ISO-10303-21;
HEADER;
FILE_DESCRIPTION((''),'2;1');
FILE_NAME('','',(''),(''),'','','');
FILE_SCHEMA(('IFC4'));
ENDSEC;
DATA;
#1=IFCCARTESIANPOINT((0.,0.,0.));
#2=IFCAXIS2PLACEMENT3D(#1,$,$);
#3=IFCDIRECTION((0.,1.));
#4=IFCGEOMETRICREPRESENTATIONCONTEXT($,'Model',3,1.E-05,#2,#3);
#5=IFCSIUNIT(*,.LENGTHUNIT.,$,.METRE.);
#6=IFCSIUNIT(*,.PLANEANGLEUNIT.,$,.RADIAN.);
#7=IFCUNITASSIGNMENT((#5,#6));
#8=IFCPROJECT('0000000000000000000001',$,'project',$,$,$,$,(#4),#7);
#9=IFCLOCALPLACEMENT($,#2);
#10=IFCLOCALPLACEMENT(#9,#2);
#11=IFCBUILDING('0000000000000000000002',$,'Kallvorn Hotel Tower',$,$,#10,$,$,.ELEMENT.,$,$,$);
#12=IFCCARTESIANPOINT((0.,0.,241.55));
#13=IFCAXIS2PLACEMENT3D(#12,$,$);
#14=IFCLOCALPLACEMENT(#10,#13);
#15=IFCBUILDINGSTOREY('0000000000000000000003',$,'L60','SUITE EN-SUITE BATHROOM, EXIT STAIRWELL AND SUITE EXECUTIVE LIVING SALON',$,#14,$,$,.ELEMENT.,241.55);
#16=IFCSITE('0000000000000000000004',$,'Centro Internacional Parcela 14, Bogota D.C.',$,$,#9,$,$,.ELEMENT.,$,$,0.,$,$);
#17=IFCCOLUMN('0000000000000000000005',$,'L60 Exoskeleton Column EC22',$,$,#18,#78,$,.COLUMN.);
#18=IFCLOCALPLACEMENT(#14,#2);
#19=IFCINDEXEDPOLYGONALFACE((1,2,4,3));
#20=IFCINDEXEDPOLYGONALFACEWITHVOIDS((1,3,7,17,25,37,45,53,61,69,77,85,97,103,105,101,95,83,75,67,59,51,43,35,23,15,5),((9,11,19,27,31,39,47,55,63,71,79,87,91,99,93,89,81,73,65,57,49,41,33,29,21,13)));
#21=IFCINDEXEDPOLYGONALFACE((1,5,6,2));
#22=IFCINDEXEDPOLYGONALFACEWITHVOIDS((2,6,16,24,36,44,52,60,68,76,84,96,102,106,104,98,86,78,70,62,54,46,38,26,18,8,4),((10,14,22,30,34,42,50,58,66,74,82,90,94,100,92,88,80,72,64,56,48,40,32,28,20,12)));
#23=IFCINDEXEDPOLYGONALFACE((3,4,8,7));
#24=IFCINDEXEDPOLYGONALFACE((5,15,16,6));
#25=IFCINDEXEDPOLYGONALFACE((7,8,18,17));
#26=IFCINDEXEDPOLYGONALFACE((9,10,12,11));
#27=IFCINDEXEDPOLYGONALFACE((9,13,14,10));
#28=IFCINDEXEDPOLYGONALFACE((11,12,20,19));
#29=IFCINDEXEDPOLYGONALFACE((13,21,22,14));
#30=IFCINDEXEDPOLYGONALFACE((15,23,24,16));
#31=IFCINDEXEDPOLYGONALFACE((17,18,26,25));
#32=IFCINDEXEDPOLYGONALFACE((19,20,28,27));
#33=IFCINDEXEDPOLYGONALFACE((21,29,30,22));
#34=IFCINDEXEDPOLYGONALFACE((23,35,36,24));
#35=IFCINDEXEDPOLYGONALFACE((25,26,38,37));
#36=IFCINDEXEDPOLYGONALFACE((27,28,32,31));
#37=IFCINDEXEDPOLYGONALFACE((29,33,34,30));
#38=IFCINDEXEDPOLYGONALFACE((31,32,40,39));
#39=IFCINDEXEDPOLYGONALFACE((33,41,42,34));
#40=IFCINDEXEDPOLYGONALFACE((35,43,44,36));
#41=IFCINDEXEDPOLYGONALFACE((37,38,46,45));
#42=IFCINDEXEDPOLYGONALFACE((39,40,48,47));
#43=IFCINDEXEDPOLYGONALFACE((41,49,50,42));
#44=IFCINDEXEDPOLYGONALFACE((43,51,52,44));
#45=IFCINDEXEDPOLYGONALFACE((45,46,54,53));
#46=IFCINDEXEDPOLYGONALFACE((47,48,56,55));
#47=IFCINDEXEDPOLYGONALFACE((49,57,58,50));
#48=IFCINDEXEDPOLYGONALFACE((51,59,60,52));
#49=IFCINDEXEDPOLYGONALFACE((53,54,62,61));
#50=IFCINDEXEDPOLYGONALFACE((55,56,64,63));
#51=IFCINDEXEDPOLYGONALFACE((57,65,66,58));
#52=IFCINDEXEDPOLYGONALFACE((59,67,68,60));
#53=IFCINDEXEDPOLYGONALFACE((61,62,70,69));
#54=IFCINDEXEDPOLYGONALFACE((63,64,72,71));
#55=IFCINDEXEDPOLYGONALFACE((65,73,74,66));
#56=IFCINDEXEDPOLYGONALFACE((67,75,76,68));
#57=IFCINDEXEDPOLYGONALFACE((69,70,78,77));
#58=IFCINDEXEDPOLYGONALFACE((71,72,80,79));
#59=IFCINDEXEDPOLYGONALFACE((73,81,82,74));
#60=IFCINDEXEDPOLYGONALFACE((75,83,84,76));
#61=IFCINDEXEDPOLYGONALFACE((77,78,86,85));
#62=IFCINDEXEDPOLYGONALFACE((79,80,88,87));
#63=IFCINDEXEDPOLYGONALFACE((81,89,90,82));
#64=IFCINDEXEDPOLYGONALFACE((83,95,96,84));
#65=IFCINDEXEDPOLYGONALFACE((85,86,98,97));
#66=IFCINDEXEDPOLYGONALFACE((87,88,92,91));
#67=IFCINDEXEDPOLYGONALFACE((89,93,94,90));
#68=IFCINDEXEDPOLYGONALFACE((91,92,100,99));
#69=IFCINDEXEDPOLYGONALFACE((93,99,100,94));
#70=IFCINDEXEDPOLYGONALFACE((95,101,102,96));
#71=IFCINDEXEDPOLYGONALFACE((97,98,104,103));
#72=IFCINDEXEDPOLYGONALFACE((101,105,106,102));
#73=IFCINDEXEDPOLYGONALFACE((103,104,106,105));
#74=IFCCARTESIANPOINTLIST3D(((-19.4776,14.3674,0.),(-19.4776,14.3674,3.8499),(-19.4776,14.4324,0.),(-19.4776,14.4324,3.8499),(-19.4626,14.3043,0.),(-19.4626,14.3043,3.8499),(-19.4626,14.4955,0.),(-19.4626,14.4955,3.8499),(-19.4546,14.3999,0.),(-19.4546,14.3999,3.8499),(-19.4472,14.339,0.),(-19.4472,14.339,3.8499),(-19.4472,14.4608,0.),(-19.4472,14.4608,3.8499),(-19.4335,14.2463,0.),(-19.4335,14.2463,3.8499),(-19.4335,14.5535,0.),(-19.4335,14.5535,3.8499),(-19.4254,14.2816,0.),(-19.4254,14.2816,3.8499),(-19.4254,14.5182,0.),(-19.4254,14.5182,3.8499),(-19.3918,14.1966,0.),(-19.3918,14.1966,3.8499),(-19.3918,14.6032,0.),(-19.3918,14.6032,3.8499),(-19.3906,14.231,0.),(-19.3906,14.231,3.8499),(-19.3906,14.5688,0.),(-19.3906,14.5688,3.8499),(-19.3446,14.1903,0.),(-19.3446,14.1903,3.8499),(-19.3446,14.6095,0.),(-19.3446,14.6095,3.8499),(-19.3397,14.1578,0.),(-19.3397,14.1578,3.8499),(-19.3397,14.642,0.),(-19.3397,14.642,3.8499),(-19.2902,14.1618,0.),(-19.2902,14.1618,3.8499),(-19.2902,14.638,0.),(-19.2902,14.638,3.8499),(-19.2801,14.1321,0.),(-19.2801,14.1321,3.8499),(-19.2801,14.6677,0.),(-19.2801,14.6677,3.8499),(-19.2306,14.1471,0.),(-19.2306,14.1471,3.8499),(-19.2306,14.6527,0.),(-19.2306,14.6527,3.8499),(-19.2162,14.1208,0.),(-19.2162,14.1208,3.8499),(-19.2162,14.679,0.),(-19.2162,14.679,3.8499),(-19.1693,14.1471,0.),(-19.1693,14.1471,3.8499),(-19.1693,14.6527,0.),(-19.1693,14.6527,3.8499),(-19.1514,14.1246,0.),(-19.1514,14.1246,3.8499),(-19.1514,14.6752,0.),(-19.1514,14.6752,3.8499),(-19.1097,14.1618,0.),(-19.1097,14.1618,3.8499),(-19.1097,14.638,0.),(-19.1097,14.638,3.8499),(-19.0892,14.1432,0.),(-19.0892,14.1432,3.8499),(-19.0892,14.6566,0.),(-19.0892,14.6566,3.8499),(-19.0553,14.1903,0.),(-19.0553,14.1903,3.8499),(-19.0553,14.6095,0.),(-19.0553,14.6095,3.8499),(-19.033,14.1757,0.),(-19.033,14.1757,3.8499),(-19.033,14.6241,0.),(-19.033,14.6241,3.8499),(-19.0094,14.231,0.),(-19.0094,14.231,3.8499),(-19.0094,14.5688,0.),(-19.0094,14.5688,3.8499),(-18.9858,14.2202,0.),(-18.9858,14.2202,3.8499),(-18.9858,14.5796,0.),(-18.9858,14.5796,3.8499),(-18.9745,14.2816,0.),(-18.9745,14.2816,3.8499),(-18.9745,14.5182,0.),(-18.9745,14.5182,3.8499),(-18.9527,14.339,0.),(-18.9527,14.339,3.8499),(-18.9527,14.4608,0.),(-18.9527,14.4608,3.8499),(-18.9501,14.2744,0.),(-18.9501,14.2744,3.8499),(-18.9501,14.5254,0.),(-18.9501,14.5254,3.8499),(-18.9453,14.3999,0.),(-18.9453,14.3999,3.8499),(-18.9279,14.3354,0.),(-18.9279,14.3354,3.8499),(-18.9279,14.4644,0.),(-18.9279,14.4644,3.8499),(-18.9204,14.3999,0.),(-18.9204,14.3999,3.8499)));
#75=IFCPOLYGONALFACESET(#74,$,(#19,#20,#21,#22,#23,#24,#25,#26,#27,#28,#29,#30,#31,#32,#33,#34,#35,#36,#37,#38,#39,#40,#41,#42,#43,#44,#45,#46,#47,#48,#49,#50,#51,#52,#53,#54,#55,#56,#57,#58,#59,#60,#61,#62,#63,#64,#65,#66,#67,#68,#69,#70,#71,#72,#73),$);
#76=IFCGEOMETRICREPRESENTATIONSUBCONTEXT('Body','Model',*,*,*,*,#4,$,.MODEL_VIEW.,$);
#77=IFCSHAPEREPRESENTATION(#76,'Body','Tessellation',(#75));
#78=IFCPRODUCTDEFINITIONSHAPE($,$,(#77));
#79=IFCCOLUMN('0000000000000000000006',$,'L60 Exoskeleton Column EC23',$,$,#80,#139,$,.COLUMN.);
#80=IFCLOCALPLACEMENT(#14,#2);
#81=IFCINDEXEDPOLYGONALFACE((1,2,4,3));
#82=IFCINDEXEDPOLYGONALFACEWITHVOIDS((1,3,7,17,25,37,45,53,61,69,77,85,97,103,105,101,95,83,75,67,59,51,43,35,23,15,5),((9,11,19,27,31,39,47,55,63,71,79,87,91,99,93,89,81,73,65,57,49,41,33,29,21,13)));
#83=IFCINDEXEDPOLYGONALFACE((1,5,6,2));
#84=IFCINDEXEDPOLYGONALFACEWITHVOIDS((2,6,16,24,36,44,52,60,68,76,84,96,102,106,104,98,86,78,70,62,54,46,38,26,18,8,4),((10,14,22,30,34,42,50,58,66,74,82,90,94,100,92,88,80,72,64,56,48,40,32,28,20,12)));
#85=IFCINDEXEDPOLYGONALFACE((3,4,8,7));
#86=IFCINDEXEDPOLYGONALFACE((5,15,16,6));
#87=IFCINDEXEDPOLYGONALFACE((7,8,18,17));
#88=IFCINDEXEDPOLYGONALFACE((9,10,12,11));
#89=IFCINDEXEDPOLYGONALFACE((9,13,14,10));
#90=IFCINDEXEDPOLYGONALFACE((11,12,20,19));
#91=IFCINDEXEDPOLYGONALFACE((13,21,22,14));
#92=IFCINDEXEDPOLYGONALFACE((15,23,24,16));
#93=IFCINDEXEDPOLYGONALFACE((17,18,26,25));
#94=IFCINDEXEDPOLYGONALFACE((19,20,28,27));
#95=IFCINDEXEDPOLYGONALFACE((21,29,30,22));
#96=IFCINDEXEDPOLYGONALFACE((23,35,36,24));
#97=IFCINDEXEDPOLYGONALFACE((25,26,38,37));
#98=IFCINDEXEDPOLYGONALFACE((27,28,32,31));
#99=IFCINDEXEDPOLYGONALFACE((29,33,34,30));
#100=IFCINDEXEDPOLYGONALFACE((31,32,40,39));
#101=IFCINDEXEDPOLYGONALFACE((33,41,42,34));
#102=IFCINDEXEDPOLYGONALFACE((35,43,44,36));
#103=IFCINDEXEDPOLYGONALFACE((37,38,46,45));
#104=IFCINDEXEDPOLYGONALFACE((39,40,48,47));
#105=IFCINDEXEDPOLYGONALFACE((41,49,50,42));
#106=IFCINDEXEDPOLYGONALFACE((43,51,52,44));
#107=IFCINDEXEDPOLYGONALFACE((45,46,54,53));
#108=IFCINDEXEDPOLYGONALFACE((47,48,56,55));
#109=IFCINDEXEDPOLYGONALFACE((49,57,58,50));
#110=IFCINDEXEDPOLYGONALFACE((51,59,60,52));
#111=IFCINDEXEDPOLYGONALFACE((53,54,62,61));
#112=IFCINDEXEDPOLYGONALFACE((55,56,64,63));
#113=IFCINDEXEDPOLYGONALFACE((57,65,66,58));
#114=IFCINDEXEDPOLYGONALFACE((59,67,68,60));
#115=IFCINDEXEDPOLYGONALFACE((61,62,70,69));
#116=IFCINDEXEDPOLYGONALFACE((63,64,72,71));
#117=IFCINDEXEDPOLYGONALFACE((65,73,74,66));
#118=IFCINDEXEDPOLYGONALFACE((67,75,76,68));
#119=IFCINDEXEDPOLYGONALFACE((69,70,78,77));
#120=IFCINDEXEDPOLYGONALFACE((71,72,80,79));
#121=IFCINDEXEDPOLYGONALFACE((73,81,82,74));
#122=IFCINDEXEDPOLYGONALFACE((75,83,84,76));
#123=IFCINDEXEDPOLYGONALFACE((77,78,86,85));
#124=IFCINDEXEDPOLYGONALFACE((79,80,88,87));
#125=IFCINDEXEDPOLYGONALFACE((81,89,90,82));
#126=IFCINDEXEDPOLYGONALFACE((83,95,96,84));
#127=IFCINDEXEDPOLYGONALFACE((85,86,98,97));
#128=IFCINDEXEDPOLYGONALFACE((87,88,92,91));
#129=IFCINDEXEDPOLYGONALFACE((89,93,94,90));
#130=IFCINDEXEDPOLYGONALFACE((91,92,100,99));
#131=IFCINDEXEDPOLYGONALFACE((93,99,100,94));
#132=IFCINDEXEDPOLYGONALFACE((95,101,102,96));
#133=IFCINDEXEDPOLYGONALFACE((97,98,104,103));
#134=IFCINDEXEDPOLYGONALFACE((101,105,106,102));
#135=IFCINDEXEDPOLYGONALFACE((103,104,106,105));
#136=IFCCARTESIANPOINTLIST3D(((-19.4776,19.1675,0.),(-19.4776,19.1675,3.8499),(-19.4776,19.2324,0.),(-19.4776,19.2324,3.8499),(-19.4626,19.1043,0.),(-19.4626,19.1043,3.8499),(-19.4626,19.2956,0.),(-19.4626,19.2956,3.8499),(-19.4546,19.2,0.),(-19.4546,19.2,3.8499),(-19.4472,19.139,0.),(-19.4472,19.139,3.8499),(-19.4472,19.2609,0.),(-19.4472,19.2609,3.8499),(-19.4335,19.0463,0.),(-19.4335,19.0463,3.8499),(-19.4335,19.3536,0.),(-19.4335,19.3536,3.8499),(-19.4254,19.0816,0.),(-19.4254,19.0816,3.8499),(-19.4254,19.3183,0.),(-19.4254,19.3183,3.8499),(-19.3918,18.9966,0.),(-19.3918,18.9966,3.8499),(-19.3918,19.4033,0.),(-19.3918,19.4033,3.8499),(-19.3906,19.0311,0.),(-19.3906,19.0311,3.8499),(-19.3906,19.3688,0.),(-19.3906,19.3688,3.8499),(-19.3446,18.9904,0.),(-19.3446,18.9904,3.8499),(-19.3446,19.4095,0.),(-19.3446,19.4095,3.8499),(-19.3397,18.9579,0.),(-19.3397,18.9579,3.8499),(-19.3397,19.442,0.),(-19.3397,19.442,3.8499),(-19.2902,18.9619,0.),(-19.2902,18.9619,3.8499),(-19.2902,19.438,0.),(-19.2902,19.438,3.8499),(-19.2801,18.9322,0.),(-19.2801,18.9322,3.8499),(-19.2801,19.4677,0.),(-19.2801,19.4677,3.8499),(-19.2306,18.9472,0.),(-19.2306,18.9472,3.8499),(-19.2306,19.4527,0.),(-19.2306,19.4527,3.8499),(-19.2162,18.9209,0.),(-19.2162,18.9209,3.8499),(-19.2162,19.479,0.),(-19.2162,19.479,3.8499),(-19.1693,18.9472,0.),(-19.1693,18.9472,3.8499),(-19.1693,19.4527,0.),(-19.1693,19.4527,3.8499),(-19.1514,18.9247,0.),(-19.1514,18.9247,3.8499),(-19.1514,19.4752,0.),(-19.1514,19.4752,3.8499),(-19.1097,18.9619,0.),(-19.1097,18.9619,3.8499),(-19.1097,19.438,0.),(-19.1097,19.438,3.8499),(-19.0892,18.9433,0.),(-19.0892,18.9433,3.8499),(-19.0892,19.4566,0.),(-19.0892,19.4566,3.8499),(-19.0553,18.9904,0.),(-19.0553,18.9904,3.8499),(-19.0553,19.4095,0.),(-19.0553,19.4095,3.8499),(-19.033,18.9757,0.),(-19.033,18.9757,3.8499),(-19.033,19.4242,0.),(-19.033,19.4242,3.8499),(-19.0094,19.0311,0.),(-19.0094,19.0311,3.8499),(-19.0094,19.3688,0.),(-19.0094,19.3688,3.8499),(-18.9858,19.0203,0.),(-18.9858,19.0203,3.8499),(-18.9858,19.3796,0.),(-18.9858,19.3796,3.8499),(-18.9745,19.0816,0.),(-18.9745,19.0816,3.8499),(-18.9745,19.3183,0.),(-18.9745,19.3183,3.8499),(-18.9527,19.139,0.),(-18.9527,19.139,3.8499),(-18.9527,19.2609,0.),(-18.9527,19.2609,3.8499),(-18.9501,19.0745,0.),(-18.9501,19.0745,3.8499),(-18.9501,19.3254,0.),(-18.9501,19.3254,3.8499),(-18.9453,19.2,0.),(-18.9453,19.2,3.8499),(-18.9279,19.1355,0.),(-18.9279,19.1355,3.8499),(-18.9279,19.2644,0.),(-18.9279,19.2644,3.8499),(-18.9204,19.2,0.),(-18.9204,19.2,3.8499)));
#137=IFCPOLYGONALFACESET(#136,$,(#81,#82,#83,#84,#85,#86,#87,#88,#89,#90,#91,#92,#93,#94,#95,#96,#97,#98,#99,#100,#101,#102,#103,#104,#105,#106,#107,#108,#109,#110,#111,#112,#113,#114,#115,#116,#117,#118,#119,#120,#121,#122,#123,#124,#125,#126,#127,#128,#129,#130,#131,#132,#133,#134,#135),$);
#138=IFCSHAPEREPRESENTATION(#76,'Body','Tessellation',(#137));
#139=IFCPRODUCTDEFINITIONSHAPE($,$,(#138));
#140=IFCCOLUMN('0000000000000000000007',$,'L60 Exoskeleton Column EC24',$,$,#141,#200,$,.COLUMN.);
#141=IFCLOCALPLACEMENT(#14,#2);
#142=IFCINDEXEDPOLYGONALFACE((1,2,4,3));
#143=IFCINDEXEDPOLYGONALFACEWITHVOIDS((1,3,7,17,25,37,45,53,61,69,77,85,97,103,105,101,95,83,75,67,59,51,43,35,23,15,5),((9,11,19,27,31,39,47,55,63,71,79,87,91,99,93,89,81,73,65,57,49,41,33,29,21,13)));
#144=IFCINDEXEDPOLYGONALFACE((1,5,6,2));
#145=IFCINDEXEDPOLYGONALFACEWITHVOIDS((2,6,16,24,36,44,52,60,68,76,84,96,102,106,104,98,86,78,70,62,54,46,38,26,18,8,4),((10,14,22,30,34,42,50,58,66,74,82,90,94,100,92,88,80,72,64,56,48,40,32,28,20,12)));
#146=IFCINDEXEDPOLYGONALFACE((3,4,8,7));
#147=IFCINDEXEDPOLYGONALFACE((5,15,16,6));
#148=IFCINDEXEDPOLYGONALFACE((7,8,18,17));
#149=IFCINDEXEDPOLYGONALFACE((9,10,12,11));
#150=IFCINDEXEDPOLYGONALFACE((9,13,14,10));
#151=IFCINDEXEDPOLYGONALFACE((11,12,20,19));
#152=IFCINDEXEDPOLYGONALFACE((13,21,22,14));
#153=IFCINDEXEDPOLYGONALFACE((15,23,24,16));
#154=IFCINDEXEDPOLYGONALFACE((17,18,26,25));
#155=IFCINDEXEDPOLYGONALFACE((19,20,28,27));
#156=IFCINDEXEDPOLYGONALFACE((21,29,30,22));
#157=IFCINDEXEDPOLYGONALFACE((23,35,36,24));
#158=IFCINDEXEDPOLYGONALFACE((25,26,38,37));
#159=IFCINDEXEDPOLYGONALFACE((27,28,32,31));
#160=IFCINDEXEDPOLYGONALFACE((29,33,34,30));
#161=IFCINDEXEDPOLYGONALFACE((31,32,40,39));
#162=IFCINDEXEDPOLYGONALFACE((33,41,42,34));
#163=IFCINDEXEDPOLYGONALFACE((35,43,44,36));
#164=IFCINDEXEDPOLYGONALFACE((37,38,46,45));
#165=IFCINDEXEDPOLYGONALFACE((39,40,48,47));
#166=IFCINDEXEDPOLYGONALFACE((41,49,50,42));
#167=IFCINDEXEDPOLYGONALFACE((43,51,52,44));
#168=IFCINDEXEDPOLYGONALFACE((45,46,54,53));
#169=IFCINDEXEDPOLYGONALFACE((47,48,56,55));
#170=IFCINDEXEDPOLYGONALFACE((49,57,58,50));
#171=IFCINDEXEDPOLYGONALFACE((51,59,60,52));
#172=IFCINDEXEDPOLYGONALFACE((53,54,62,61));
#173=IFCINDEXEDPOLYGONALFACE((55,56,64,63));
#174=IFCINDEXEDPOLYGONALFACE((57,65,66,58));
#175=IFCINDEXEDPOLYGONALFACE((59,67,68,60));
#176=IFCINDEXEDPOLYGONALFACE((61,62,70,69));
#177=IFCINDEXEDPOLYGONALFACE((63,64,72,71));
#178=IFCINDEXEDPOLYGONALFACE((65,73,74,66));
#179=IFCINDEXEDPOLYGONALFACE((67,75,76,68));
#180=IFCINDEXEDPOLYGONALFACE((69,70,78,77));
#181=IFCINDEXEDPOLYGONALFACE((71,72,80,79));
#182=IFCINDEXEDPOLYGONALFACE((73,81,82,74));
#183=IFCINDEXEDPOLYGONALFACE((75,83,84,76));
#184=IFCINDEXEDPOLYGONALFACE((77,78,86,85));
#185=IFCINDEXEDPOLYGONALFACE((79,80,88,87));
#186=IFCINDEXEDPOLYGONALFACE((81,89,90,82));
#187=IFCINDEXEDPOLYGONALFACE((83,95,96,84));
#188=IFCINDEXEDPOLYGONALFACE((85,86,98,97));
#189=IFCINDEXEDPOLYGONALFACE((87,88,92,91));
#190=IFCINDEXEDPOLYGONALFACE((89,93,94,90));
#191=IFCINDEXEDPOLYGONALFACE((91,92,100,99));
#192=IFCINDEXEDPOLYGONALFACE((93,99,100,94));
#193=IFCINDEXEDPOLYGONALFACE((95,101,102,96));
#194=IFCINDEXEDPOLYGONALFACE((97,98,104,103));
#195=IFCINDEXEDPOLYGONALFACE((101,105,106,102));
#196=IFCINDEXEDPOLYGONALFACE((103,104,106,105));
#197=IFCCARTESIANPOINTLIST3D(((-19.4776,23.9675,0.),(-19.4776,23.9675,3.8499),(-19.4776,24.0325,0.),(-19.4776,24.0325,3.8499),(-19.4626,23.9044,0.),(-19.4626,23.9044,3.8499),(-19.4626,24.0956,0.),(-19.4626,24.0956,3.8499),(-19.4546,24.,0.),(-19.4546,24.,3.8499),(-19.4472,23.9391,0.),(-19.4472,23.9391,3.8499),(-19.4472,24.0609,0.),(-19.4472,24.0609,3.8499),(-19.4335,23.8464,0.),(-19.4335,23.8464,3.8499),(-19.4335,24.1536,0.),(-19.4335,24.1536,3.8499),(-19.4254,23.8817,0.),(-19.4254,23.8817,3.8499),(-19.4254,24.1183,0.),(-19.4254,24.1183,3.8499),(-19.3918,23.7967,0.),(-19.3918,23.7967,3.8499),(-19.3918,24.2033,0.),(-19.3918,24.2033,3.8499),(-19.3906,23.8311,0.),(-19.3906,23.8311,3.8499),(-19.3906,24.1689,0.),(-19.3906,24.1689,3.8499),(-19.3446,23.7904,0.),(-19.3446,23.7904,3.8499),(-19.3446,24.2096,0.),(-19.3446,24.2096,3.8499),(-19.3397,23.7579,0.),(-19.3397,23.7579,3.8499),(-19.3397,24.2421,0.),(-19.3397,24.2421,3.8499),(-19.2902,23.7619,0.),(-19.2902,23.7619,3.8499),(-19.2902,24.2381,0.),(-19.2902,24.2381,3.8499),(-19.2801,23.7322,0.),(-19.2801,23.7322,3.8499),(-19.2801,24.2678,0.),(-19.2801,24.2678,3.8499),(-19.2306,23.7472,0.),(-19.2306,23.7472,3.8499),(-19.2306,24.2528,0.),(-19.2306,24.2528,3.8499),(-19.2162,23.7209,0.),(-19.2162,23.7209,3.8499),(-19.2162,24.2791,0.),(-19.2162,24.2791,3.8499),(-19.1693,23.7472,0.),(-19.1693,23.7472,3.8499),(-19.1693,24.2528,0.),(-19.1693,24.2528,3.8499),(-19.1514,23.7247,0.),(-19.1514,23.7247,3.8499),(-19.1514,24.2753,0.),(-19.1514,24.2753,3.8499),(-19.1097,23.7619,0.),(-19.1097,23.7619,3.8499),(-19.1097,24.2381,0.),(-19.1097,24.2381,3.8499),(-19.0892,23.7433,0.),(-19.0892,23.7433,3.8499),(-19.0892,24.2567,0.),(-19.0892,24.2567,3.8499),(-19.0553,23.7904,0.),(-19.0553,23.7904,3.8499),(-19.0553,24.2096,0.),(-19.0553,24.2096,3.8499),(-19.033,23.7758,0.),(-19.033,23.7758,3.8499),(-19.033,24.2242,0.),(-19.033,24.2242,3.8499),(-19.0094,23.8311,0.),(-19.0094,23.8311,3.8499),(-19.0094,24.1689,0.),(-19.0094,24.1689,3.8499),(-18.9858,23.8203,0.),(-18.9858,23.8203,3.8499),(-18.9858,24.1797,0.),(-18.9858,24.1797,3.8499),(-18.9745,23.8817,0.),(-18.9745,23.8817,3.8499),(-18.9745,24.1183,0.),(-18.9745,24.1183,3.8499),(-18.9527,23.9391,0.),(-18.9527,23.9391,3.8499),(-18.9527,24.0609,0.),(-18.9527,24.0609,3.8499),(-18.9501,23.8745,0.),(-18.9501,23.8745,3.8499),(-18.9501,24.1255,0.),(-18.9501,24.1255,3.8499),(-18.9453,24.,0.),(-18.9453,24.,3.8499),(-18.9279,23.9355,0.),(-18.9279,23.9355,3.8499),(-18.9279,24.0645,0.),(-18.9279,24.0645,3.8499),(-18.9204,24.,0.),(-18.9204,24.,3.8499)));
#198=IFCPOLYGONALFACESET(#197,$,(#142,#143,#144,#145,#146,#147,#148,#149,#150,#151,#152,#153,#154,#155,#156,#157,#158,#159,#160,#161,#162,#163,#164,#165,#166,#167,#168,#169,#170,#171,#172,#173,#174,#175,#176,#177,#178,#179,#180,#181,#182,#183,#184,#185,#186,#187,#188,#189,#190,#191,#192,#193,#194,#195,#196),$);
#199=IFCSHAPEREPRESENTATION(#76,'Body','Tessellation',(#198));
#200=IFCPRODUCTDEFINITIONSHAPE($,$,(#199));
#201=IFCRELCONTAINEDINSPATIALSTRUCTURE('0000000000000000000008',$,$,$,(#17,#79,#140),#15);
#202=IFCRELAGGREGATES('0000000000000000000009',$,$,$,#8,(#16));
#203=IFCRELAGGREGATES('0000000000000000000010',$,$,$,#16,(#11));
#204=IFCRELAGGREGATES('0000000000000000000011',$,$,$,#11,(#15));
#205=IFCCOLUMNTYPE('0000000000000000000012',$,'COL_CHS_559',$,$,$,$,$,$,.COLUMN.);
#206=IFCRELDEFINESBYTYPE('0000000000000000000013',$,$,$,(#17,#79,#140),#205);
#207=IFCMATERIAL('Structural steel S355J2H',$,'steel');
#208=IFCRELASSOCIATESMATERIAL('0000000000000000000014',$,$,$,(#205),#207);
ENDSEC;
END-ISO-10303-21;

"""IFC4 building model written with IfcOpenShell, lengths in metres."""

from ifc_helpers import new_model, si_unit, direction, frame, origin, origin_2d, place, context, subcontext, project, spatial, hollow_circle, extrude, material, material_profile, profile_set, type_object, element, save


model = new_model("IFC4")

# Units and contexts
model_context = context("Model", 3, precision=1e-05, world=origin(), true_north=direction((0.0, 1.0)))
body_context = subcontext(model_context, "Body", "Model", "MODEL_VIEW")
ifc_project = project(units=[si_unit("LENGTHUNIT", "METRE"), si_unit("PLANEANGLEUNIT", "RADIAN")], contexts=[model_context])

# Site, building, storey
site_placement = place(None, origin())
site = spatial("IfcSite", under=ifc_project, at=site_placement, Name="Centro Internacional Parcela 14, Bogota D.C.", CompositionType="ELEMENT", RefElevation=0.0)
building_placement = place(site_placement, origin())
building = spatial("IfcBuilding", under=site, at=building_placement, Name="Kallvorn Hotel Tower", CompositionType="ELEMENT")
storey_placement = place(building_placement, frame((0.0, 0.0, 241.55)))
storey = spatial("IfcBuildingStorey", under=building, at=storey_placement, Name="L60", Description="SUITE EN-SUITE BATHROOM, EXIT STAIRWELL AND SUITE EXECUTIVE LIVING SALON", CompositionType="ELEMENT", Elevation=241.55)

# Columns
ifc_material_1 = material(Name="Structural steel S355J2H", Category="steel")
ifc_material_profile_1 = material_profile(ifc_material_1, hollow_circle(Radius=0.2795, WallThickness=0.0249, at=origin_2d()), Name="CHS 559x25")
ifc_profile_set_1 = profile_set([ifc_material_profile_1], Name="Structural steel S355J2H")
column_type_1 = type_object("IfcColumnType", Name="COL_CHS_559", PredefinedType="COLUMN", material=ifc_profile_set_1)
for number, where, z_axis, x_axis, name in (
    (1, (-19.2, 14.3999, 0.0), (0.0, 0.0, 1.0), (1.0, 0.0, 0.0), "L60 Exoskeleton Column EC22"),
    (2, (-19.2, 19.2, 0.0), (0.0, 0.0, 1.0), (1.0, 0.0, 0.0), "L60 Exoskeleton Column EC23"),
    (3, (-19.2, 24.0, 0.0), (0.0, 0.0, 1.0), (1.0, 0.0, 0.0), "L60 Exoskeleton Column EC24"),
):
    element("IfcColumn", number, at=place(storey_placement, frame(where, z_axis=z_axis, x_axis=x_axis)), inside=storey, type_object=column_type_1, Name=name, PredefinedType="COLUMN", context=body_context, shape_type="SweptSolid", body=[
        extrude(hollow_circle(Radius=0.2795, WallThickness=0.0249, at=origin_2d()), origin(), (0.0, 0.0, 1.0), 3.8499),
    ])

save(model, "model.ifc")
